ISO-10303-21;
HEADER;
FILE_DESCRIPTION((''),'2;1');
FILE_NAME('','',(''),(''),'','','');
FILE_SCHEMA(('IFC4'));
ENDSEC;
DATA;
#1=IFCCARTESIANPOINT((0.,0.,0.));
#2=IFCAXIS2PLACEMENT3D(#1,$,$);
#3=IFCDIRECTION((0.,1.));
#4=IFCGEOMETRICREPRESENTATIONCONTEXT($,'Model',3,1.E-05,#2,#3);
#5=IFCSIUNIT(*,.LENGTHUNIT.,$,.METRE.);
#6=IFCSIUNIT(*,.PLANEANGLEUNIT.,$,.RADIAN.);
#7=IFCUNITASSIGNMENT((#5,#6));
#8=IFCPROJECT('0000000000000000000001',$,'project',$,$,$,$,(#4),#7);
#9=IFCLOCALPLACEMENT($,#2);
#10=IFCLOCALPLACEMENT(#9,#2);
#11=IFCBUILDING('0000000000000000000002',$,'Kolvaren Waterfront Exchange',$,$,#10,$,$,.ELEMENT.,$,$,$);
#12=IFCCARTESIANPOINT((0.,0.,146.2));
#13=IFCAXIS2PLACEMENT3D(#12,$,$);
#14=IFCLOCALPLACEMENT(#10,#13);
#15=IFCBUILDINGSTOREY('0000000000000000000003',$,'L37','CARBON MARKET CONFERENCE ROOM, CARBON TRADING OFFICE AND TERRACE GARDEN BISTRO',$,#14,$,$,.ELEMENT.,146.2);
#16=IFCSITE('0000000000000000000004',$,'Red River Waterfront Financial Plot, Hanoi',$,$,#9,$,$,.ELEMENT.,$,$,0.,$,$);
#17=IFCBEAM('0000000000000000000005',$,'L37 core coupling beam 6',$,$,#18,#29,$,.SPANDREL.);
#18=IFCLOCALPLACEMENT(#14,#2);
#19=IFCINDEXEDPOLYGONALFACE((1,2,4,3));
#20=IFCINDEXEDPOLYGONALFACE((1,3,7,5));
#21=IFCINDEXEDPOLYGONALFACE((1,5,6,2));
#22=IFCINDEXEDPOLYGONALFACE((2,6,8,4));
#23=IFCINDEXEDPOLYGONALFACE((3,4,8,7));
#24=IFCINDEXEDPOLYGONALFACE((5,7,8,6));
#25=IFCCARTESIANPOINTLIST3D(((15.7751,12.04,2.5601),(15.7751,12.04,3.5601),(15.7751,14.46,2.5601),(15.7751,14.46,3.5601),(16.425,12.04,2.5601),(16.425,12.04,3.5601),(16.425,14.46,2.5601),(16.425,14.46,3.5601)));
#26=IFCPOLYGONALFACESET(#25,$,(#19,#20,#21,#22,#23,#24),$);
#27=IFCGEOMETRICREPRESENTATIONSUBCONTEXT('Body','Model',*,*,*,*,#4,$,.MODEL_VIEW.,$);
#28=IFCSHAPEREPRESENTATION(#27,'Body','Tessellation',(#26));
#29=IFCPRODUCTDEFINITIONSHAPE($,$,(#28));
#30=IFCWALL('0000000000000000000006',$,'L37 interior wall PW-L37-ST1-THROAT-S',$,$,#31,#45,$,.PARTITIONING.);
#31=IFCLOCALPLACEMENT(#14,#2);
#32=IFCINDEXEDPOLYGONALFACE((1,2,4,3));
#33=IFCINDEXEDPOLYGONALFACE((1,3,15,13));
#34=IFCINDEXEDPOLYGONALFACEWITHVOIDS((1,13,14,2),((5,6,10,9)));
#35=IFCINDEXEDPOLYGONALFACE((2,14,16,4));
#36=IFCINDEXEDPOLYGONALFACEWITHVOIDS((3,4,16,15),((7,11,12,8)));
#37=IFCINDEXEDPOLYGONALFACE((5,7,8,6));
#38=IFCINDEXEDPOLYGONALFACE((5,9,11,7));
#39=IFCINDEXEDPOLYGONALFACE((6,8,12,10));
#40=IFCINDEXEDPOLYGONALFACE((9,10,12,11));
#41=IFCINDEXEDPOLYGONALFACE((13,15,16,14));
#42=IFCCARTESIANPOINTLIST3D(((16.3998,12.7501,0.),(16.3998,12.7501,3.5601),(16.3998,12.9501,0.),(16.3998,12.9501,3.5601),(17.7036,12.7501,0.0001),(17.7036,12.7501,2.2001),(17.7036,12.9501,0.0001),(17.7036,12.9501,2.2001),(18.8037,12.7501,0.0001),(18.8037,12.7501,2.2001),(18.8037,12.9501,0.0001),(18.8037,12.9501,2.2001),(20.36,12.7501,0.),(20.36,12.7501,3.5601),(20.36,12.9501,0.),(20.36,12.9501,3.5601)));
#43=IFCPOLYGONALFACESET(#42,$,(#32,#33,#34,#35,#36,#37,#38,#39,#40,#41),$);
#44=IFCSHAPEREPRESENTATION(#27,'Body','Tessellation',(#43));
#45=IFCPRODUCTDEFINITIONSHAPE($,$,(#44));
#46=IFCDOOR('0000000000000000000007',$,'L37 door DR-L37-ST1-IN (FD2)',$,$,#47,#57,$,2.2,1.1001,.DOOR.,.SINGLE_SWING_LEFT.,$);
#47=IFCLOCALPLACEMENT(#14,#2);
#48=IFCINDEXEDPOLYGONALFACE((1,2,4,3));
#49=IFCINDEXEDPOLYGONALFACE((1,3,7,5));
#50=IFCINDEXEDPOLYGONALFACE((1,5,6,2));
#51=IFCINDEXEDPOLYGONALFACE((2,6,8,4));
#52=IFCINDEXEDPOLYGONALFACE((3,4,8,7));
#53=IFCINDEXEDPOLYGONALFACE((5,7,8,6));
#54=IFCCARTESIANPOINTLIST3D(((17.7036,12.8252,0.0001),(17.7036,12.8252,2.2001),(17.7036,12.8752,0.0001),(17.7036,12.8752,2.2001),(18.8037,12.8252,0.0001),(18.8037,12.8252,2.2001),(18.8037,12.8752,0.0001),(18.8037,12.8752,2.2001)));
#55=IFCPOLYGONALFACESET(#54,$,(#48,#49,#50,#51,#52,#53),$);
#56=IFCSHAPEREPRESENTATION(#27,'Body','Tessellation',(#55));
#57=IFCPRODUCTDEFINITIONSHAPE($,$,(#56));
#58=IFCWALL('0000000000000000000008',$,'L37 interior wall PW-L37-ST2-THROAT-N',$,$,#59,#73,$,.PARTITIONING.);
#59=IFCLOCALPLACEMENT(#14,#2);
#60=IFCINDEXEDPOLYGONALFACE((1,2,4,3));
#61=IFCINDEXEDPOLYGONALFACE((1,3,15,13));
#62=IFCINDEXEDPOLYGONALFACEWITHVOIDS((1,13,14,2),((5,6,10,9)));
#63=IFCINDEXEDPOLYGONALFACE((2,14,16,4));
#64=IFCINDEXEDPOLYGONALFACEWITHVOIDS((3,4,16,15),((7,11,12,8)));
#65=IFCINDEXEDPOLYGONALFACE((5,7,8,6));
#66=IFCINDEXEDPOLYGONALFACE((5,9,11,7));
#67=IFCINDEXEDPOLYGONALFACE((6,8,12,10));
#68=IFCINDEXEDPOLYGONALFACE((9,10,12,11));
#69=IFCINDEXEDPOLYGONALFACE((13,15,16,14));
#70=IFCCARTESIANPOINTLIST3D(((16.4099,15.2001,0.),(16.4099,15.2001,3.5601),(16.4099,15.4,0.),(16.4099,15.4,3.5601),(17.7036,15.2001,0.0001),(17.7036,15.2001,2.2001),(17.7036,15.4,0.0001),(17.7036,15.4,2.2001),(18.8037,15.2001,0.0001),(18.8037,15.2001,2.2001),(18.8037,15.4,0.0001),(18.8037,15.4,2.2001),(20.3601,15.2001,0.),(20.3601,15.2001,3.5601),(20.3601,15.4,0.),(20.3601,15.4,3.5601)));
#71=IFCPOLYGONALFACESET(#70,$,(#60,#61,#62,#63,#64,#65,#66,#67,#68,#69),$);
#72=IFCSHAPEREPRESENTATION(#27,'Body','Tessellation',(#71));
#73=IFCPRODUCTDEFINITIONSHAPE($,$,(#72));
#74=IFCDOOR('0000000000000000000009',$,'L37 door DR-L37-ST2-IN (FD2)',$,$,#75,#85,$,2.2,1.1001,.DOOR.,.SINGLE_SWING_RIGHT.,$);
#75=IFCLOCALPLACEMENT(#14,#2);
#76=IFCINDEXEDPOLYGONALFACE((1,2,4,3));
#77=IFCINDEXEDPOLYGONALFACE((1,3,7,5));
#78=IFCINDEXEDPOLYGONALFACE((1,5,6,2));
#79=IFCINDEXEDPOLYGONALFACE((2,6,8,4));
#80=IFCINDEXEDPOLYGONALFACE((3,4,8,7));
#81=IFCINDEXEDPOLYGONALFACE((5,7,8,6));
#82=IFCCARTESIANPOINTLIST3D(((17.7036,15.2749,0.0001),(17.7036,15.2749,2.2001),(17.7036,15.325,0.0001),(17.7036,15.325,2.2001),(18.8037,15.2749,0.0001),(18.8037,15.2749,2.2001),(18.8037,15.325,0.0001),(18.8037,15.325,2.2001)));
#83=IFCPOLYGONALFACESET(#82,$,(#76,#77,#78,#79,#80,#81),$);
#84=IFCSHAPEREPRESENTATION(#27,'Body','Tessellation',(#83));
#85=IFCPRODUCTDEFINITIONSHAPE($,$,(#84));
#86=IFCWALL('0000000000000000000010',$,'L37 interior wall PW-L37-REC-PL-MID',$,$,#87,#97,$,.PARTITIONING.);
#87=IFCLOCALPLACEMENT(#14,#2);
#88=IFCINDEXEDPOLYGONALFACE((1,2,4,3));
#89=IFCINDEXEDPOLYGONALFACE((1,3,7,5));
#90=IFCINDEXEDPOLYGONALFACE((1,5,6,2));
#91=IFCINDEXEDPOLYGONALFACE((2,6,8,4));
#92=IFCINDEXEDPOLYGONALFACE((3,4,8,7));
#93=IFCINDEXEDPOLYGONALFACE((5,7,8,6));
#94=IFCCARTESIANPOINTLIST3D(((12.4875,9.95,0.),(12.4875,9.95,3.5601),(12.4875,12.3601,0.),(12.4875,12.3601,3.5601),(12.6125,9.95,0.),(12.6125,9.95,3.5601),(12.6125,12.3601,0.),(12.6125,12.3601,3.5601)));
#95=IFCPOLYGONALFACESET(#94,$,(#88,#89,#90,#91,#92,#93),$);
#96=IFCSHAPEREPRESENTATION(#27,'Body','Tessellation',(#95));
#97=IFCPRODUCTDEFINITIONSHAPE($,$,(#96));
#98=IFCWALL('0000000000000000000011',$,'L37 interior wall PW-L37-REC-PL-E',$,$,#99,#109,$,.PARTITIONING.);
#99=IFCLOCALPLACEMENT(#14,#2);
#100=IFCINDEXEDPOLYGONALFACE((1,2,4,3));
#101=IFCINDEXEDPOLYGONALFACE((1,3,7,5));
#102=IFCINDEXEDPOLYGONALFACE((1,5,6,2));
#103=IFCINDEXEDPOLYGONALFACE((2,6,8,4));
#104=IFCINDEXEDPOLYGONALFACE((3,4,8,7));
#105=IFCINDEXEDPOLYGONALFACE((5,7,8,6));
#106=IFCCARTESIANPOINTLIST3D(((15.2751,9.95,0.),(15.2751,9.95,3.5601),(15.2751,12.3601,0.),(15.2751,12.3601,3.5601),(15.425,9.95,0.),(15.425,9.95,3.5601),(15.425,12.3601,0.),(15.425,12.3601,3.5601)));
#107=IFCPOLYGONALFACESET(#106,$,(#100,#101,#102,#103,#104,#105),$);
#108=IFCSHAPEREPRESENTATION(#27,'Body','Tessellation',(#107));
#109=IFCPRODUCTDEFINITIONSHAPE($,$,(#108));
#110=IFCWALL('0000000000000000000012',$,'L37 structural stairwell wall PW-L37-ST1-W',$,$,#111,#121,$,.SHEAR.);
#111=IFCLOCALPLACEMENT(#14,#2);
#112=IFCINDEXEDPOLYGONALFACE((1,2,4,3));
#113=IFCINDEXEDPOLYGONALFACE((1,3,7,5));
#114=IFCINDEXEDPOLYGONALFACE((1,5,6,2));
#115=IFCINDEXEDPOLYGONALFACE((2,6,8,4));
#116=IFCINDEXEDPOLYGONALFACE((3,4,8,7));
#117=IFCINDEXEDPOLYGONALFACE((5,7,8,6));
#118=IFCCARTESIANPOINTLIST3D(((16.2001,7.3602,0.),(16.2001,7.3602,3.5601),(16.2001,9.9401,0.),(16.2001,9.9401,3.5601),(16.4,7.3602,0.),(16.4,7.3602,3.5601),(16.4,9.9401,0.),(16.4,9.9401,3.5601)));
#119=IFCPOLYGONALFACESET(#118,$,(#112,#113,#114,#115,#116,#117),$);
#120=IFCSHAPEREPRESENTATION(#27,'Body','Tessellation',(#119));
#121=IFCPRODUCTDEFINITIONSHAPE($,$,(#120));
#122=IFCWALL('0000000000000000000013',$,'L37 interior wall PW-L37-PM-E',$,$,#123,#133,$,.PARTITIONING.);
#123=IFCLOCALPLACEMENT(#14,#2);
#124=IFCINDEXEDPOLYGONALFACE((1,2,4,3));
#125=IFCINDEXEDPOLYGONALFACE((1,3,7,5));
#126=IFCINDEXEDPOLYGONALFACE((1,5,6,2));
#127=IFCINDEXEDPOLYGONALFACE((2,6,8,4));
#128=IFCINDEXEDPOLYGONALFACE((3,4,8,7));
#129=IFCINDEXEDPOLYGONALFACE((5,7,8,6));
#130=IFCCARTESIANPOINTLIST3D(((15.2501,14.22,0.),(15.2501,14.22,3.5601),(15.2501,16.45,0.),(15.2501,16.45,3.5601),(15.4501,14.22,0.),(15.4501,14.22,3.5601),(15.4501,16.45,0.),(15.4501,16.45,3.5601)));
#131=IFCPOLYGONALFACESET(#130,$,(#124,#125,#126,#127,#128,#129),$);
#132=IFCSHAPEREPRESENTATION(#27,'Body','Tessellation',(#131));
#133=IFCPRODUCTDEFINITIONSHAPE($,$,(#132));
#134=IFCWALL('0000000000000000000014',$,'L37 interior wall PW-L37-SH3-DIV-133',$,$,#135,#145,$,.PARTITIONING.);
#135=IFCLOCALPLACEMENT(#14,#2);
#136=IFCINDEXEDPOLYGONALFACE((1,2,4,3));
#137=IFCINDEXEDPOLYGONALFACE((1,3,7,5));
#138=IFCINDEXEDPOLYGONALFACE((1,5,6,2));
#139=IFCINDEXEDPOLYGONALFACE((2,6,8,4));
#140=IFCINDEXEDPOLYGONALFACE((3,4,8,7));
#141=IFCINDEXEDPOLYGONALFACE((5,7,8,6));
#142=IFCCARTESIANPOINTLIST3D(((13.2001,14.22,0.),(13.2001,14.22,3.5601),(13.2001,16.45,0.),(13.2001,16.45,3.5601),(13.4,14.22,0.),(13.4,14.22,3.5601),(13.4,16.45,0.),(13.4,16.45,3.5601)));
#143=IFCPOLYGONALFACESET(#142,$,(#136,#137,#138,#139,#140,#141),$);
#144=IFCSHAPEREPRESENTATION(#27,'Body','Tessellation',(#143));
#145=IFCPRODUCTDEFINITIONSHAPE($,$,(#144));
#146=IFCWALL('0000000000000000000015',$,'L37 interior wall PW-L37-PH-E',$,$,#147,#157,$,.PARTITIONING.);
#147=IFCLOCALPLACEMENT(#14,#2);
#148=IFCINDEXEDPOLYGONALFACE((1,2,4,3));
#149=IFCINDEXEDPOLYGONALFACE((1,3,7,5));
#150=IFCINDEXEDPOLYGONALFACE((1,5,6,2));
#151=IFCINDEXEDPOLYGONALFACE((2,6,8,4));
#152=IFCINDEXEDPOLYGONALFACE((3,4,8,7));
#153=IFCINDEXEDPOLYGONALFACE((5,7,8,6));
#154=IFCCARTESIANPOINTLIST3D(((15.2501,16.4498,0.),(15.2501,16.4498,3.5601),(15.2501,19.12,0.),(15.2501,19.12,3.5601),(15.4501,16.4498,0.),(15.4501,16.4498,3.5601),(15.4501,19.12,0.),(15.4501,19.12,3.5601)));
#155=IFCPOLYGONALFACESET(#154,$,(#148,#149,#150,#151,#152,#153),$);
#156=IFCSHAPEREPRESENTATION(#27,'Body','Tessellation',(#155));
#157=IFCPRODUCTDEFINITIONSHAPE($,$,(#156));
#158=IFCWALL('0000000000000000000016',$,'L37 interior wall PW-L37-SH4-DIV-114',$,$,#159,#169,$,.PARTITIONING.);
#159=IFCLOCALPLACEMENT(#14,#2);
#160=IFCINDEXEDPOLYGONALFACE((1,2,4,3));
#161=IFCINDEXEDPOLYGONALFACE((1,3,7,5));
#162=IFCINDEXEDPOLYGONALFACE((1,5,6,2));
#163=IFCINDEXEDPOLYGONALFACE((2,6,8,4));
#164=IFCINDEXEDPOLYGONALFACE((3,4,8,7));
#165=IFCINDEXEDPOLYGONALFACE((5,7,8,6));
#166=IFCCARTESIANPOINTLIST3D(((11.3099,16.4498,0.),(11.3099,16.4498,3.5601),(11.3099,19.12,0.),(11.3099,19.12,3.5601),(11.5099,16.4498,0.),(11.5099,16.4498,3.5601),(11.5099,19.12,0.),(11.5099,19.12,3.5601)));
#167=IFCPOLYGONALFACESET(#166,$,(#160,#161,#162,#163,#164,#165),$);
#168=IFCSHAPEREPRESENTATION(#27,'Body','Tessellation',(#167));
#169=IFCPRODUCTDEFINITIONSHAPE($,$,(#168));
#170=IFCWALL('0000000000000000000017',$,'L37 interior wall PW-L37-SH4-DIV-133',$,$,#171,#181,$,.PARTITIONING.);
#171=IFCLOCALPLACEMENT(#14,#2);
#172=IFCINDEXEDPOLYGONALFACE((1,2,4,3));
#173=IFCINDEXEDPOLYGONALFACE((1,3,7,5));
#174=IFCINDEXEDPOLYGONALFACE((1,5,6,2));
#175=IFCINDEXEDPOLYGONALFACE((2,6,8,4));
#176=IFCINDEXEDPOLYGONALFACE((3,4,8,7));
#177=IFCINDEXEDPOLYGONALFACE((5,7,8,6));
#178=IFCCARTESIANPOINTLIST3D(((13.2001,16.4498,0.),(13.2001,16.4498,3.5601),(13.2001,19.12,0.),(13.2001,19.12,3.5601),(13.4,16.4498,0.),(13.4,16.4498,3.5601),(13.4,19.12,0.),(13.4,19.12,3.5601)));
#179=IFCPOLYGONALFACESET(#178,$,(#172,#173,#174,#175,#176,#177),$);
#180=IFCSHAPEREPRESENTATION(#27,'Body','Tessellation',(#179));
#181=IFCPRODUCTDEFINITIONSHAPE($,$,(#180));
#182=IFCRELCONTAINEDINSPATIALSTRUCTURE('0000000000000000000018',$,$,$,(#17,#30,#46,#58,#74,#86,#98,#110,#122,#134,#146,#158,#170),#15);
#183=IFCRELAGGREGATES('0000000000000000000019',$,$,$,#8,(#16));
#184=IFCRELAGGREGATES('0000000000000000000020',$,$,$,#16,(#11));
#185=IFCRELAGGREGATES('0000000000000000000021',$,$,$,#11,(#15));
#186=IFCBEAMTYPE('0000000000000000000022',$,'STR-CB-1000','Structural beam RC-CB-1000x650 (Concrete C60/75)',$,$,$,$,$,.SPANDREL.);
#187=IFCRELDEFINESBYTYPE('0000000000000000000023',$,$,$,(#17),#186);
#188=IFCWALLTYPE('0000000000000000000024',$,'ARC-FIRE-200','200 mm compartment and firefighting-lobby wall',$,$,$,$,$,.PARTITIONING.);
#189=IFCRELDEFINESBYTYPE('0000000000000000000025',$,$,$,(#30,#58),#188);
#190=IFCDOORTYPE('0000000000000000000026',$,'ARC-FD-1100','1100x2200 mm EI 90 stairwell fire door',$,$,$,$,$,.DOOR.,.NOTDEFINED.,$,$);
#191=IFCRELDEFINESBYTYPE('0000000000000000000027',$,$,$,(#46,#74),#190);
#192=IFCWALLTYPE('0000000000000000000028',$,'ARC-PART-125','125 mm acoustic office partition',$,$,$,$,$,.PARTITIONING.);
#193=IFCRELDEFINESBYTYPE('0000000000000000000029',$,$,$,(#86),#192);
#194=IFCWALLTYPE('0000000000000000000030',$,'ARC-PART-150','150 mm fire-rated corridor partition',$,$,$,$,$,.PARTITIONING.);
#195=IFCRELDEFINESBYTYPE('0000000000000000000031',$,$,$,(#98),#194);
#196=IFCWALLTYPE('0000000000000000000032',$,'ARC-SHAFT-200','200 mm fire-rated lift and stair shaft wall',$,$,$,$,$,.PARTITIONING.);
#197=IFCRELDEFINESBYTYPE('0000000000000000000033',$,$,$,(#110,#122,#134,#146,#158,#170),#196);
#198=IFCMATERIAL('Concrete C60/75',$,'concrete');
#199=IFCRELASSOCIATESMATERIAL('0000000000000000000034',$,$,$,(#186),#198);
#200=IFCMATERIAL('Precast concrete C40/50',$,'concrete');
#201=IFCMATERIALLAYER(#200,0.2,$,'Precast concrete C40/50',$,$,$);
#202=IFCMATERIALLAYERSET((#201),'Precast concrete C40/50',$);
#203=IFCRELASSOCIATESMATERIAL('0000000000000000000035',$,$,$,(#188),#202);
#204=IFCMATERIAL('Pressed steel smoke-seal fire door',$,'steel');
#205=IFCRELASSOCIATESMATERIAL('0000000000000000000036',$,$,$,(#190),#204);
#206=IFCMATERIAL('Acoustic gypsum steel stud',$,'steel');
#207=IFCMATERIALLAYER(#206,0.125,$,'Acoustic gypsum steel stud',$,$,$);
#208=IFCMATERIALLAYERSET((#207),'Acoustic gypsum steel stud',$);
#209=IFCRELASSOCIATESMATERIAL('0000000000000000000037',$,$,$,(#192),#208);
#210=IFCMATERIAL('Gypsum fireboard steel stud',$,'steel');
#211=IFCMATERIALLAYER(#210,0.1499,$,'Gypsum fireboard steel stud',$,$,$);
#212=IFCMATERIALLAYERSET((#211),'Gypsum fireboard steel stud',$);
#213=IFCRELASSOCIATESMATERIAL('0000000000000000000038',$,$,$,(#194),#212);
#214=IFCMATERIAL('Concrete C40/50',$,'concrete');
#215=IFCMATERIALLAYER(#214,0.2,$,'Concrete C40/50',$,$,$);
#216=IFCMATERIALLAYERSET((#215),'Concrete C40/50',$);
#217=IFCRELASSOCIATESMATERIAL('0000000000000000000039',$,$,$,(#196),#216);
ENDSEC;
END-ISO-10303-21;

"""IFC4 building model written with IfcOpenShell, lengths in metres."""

from ifc_helpers import new_model, si_unit, direction, frame, frame_2d, origin, origin_2d, place, context, subcontext, project, spatial, rectangle, extrude, material, layer, layer_set, material_profile, profile_set, type_object, element, fill, save


model = new_model("IFC4")

# Units and contexts
model_context = context("Model", 3, precision=1e-05, world=origin(), true_north=direction((0.0, 1.0)))
body_context = subcontext(model_context, "Body", "Model", "MODEL_VIEW")
ifc_project = project(units=[si_unit("LENGTHUNIT", "METRE"), si_unit("PLANEANGLEUNIT", "RADIAN")], contexts=[model_context])

# Site, building, storey
site_placement = place(None, origin())
site = spatial("IfcSite", under=ifc_project, at=site_placement, Name="Red River Waterfront Financial Plot, Hanoi", CompositionType="ELEMENT", RefElevation=0.0)
building_placement = place(site_placement, origin())
building = spatial("IfcBuilding", under=site, at=building_placement, Name="Kolvaren Waterfront Exchange", CompositionType="ELEMENT")
storey_placement = place(building_placement, frame((0.0, 0.0, 146.2)))
storey = spatial("IfcBuildingStorey", under=building, at=storey_placement, Name="L37", Description="CARBON MARKET CONFERENCE ROOM, CARBON TRADING OFFICE AND TERRACE GARDEN BISTRO", CompositionType="ELEMENT", Elevation=146.2)

# Beam
ifc_material_1 = material(Name="Concrete C60/75", Category="concrete")
ifc_material_profile = material_profile(ifc_material_1, rectangle(XDim=0.6499, YDim=1.0, at=origin_2d()), Name="RC-CB-1000x650")
ifc_profile_set = profile_set([ifc_material_profile], Name="Concrete C60/75")
beam_type = type_object("IfcBeamType", Name="STR-CB-1000", Description="Structural beam RC-CB-1000x650 (Concrete C60/75)", PredefinedType="SPANDREL", material=ifc_profile_set)
beam_placement = place(storey_placement, frame((16.1001, 12.04, 3.0601), z_axis=(0.0, 1.0, 0.0), x_axis=(-1.0, 0.0, 0.0)))
element("IfcBeam", 1, at=beam_placement, inside=storey, type_object=beam_type, Name="L37 core coupling beam 6", PredefinedType="SPANDREL", context=body_context, shape_type="SweptSolid", body=[
    extrude(rectangle(XDim=0.6499, YDim=1.0, at=origin_2d()), origin(), (0.0, 0.0, 1.0), 2.4199),
])

# Walls, openings, doors
ifc_material_2 = material(Name="Precast concrete C40/50", Category="concrete")
ifc_layer_1 = layer(ifc_material_2, 0.2, Name="Precast concrete C40/50")
ifc_layer_set_1 = layer_set([ifc_layer_1], Name="Precast concrete C40/50")
wall_type_1 = type_object("IfcWallType", Name="ARC-FIRE-200", Description="200 mm compartment and firefighting-lobby wall", PredefinedType="PARTITIONING", material=ifc_layer_set_1)
wall_1_placement = place(storey_placement, frame((16.3999, 12.8501, 0.0), z_axis=(0.0, 0.0, 1.0), x_axis=(1.0, 0.0, 0.0)))
wall_1 = element("IfcWall", 2, at=wall_1_placement, inside=storey, type_object=wall_type_1, Name="L37 interior wall PW-L37-ST1-THROAT-S", PredefinedType="PARTITIONING", context=body_context, shape_type="SweptSolid", body=[
    extrude(rectangle(XDim=3.9602, YDim=0.2, at=frame_2d((1.98, 0.0))), origin(), (0.0, 0.0, 1.0), 3.5601),
])
opening_1_placement = place(wall_1_placement, frame((1.3037, 0.0, 0.0)))
opening_1 = element("IfcOpeningElement", 3, at=opening_1_placement, cuts=wall_1, PredefinedType="OPENING", context=body_context, shape_type="SweptSolid", body=[
    extrude(rectangle(XDim=1.1001, YDim=2.2, at=frame_2d((0.55, 1.1001))), frame((0.0, 0.1099, 0.0), z_axis=(0.0, -1.0, 0.0), x_axis=(1.0, 0.0, 0.0)), (0.0, 0.0, 1.0), 0.22),
])
ifc_material_3 = material(Name="Pressed steel smoke-seal fire door", Category="steel")
door_type = type_object("IfcDoorType", Name="ARC-FD-1100", Description="1100x2200 mm EI 90 stairwell fire door", OperationType="NOTDEFINED", PredefinedType="DOOR", material=ifc_material_3)
door_1_placement = place(opening_1_placement, frame((1.1001, 0.0, 0.0), z_axis=(0.0, 0.0, 1.0), x_axis=(-1.0, 0.0, 0.0)))
door_1 = element("IfcDoor", 4, at=door_1_placement, inside=storey, type_object=door_type, Name="L37 door DR-L37-ST1-IN (FD2)", OperationType="SINGLE_SWING_LEFT", OverallHeight=2.2, OverallWidth=1.1001, PredefinedType="DOOR", context=body_context, shape_type="SweptSolid", body=[
    extrude(rectangle(XDim=1.1001, YDim=2.2, at=frame_2d((0.55, 1.1001))), frame((0.0, 0.0249, 0.0), z_axis=(0.0, -1.0, 0.0), x_axis=(1.0, 0.0, 0.0)), (0.0, 0.0, 1.0), 0.05),
])
fill(opening_1, door_1)
wall_2_placement = place(storey_placement, frame((16.4099, 15.3, 0.0), z_axis=(0.0, 0.0, 1.0), x_axis=(1.0, 0.0, 0.0)))
wall_2 = element("IfcWall", 5, at=wall_2_placement, inside=storey, type_object=wall_type_1, Name="L37 interior wall PW-L37-ST2-THROAT-N", PredefinedType="PARTITIONING", context=body_context, shape_type="SweptSolid", body=[
    extrude(rectangle(XDim=3.9502, YDim=0.2, at=frame_2d((1.9751, 0.0))), origin(), (0.0, 0.0, 1.0), 3.5601),
])
opening_2_placement = place(wall_2_placement, frame((1.2937, 0.0, 0.0)))
opening_2 = element("IfcOpeningElement", 6, at=opening_2_placement, cuts=wall_2, PredefinedType="OPENING", context=body_context, shape_type="SweptSolid", body=[
    extrude(rectangle(XDim=1.1001, YDim=2.2, at=frame_2d((0.55, 1.1001))), frame((0.0, 0.1099, 0.0), z_axis=(0.0, -1.0, 0.0), x_axis=(1.0, 0.0, 0.0)), (0.0, 0.0, 1.0), 0.22),
])
door_2_placement = place(opening_2_placement, origin())
door_2 = element("IfcDoor", 7, at=door_2_placement, inside=storey, type_object=door_type, Name="L37 door DR-L37-ST2-IN (FD2)", OperationType="SINGLE_SWING_RIGHT", OverallHeight=2.2, OverallWidth=1.1001, PredefinedType="DOOR", context=body_context, shape_type="SweptSolid", body=[
    extrude(rectangle(XDim=1.1001, YDim=2.2, at=frame_2d((0.55, 1.1001))), frame((0.0, 0.0249, 0.0), z_axis=(0.0, -1.0, 0.0), x_axis=(1.0, 0.0, 0.0)), (0.0, 0.0, 1.0), 0.05),
])
fill(opening_2, door_2)

# Walls
ifc_material_4 = material(Name="Acoustic gypsum steel stud", Category="steel")
ifc_layer_2 = layer(ifc_material_4, 0.125, Name="Acoustic gypsum steel stud")
ifc_layer_set_2 = layer_set([ifc_layer_2], Name="Acoustic gypsum steel stud")
wall_type_2 = type_object("IfcWallType", Name="ARC-PART-125", Description="125 mm acoustic office partition", PredefinedType="PARTITIONING", material=ifc_layer_set_2)
wall_3_placement = place(storey_placement, frame((12.55, 9.95, 0.0), z_axis=(0.0, 0.0, 1.0), x_axis=(0.0, 1.0, 0.0)))
element("IfcWall", 8, at=wall_3_placement, inside=storey, type_object=wall_type_2, Name="L37 interior wall PW-L37-REC-PL-MID", PredefinedType="PARTITIONING", context=body_context, shape_type="SweptSolid", body=[
    extrude(rectangle(XDim=2.4102, YDim=0.125, at=frame_2d((1.2051, 0.0))), origin(), (0.0, 0.0, 1.0), 3.5601),
])
ifc_material_5 = material(Name="Gypsum fireboard steel stud", Category="steel")
ifc_layer_3 = layer(ifc_material_5, 0.1499, Name="Gypsum fireboard steel stud")
ifc_layer_set_3 = layer_set([ifc_layer_3], Name="Gypsum fireboard steel stud")
wall_type_3 = type_object("IfcWallType", Name="ARC-PART-150", Description="150 mm fire-rated corridor partition", PredefinedType="PARTITIONING", material=ifc_layer_set_3)
wall_4_placement = place(storey_placement, frame((15.3501, 9.95, 0.0), z_axis=(0.0, 0.0, 1.0), x_axis=(0.0, 1.0, 0.0)))
element("IfcWall", 9, at=wall_4_placement, inside=storey, type_object=wall_type_3, Name="L37 interior wall PW-L37-REC-PL-E", PredefinedType="PARTITIONING", context=body_context, shape_type="SweptSolid", body=[
    extrude(rectangle(XDim=2.4102, YDim=0.1499, at=frame_2d((1.2051, 0.0))), origin(), (0.0, 0.0, 1.0), 3.5601),
])
ifc_material_6 = material(Name="Concrete C40/50", Category="concrete")
ifc_layer_4 = layer(ifc_material_6, 0.2, Name="Concrete C40/50")
ifc_layer_set_4 = layer_set([ifc_layer_4], Name="Concrete C40/50")
wall_type_4 = type_object("IfcWallType", Name="ARC-SHAFT-200", Description="200 mm fire-rated lift and stair shaft wall", PredefinedType="PARTITIONING", material=ifc_layer_set_4)
wall_5_placement = place(storey_placement, frame((16.3, 7.3601, 0.0), z_axis=(0.0, 0.0, 1.0), x_axis=(0.0, 1.0, 0.0)))
element("IfcWall", 10, at=wall_5_placement, inside=storey, type_object=wall_type_4, Name="L37 structural stairwell wall PW-L37-ST1-W", PredefinedType="SHEAR", context=body_context, shape_type="SweptSolid", body=[
    extrude(rectangle(XDim=2.5798, YDim=0.2, at=frame_2d((1.29, 0.0))), origin(), (0.0, 0.0, 1.0), 3.5601),
])
for number, where, z_axis, x_axis, name in (
    (11, (15.3501, 14.22, 0.0), (0.0, 0.0, 1.0), (0.0, 1.0, 0.0), "L37 interior wall PW-L37-PM-E"),
    (12, (13.3, 14.22, 0.0), (0.0, 0.0, 1.0), (0.0, 1.0, 0.0), "L37 interior wall PW-L37-SH3-DIV-133"),
):
    element("IfcWall", number, at=place(storey_placement, frame(where, z_axis=z_axis, x_axis=x_axis)), inside=storey, type_object=wall_type_4, Name=name, PredefinedType="PARTITIONING", context=body_context, shape_type="SweptSolid", body=[
        extrude(rectangle(XDim=2.23, YDim=0.2, at=frame_2d((1.115, 0.0))), origin(), (0.0, 0.0, 1.0), 3.5601),
    ])
for number, where, z_axis, x_axis, name in (
    (13, (15.3501, 16.45, 0.0), (0.0, 0.0, 1.0), (0.0, 1.0, 0.0), "L37 interior wall PW-L37-PH-E"),
    (14, (11.4099, 16.45, 0.0), (0.0, 0.0, 1.0), (0.0, 1.0, 0.0), "L37 interior wall PW-L37-SH4-DIV-114"),
    (15, (13.3, 16.45, 0.0), (0.0, 0.0, 1.0), (0.0, 1.0, 0.0), "L37 interior wall PW-L37-SH4-DIV-133"),
):
    element("IfcWall", number, at=place(storey_placement, frame(where, z_axis=z_axis, x_axis=x_axis)), inside=storey, type_object=wall_type_4, Name=name, PredefinedType="PARTITIONING", context=body_context, shape_type="SweptSolid", body=[
        extrude(rectangle(XDim=2.6702, YDim=0.2, at=frame_2d((1.335, 0.0))), origin(), (0.0, 0.0, 1.0), 3.5601),
    ])

save(model, "model.ifc")
